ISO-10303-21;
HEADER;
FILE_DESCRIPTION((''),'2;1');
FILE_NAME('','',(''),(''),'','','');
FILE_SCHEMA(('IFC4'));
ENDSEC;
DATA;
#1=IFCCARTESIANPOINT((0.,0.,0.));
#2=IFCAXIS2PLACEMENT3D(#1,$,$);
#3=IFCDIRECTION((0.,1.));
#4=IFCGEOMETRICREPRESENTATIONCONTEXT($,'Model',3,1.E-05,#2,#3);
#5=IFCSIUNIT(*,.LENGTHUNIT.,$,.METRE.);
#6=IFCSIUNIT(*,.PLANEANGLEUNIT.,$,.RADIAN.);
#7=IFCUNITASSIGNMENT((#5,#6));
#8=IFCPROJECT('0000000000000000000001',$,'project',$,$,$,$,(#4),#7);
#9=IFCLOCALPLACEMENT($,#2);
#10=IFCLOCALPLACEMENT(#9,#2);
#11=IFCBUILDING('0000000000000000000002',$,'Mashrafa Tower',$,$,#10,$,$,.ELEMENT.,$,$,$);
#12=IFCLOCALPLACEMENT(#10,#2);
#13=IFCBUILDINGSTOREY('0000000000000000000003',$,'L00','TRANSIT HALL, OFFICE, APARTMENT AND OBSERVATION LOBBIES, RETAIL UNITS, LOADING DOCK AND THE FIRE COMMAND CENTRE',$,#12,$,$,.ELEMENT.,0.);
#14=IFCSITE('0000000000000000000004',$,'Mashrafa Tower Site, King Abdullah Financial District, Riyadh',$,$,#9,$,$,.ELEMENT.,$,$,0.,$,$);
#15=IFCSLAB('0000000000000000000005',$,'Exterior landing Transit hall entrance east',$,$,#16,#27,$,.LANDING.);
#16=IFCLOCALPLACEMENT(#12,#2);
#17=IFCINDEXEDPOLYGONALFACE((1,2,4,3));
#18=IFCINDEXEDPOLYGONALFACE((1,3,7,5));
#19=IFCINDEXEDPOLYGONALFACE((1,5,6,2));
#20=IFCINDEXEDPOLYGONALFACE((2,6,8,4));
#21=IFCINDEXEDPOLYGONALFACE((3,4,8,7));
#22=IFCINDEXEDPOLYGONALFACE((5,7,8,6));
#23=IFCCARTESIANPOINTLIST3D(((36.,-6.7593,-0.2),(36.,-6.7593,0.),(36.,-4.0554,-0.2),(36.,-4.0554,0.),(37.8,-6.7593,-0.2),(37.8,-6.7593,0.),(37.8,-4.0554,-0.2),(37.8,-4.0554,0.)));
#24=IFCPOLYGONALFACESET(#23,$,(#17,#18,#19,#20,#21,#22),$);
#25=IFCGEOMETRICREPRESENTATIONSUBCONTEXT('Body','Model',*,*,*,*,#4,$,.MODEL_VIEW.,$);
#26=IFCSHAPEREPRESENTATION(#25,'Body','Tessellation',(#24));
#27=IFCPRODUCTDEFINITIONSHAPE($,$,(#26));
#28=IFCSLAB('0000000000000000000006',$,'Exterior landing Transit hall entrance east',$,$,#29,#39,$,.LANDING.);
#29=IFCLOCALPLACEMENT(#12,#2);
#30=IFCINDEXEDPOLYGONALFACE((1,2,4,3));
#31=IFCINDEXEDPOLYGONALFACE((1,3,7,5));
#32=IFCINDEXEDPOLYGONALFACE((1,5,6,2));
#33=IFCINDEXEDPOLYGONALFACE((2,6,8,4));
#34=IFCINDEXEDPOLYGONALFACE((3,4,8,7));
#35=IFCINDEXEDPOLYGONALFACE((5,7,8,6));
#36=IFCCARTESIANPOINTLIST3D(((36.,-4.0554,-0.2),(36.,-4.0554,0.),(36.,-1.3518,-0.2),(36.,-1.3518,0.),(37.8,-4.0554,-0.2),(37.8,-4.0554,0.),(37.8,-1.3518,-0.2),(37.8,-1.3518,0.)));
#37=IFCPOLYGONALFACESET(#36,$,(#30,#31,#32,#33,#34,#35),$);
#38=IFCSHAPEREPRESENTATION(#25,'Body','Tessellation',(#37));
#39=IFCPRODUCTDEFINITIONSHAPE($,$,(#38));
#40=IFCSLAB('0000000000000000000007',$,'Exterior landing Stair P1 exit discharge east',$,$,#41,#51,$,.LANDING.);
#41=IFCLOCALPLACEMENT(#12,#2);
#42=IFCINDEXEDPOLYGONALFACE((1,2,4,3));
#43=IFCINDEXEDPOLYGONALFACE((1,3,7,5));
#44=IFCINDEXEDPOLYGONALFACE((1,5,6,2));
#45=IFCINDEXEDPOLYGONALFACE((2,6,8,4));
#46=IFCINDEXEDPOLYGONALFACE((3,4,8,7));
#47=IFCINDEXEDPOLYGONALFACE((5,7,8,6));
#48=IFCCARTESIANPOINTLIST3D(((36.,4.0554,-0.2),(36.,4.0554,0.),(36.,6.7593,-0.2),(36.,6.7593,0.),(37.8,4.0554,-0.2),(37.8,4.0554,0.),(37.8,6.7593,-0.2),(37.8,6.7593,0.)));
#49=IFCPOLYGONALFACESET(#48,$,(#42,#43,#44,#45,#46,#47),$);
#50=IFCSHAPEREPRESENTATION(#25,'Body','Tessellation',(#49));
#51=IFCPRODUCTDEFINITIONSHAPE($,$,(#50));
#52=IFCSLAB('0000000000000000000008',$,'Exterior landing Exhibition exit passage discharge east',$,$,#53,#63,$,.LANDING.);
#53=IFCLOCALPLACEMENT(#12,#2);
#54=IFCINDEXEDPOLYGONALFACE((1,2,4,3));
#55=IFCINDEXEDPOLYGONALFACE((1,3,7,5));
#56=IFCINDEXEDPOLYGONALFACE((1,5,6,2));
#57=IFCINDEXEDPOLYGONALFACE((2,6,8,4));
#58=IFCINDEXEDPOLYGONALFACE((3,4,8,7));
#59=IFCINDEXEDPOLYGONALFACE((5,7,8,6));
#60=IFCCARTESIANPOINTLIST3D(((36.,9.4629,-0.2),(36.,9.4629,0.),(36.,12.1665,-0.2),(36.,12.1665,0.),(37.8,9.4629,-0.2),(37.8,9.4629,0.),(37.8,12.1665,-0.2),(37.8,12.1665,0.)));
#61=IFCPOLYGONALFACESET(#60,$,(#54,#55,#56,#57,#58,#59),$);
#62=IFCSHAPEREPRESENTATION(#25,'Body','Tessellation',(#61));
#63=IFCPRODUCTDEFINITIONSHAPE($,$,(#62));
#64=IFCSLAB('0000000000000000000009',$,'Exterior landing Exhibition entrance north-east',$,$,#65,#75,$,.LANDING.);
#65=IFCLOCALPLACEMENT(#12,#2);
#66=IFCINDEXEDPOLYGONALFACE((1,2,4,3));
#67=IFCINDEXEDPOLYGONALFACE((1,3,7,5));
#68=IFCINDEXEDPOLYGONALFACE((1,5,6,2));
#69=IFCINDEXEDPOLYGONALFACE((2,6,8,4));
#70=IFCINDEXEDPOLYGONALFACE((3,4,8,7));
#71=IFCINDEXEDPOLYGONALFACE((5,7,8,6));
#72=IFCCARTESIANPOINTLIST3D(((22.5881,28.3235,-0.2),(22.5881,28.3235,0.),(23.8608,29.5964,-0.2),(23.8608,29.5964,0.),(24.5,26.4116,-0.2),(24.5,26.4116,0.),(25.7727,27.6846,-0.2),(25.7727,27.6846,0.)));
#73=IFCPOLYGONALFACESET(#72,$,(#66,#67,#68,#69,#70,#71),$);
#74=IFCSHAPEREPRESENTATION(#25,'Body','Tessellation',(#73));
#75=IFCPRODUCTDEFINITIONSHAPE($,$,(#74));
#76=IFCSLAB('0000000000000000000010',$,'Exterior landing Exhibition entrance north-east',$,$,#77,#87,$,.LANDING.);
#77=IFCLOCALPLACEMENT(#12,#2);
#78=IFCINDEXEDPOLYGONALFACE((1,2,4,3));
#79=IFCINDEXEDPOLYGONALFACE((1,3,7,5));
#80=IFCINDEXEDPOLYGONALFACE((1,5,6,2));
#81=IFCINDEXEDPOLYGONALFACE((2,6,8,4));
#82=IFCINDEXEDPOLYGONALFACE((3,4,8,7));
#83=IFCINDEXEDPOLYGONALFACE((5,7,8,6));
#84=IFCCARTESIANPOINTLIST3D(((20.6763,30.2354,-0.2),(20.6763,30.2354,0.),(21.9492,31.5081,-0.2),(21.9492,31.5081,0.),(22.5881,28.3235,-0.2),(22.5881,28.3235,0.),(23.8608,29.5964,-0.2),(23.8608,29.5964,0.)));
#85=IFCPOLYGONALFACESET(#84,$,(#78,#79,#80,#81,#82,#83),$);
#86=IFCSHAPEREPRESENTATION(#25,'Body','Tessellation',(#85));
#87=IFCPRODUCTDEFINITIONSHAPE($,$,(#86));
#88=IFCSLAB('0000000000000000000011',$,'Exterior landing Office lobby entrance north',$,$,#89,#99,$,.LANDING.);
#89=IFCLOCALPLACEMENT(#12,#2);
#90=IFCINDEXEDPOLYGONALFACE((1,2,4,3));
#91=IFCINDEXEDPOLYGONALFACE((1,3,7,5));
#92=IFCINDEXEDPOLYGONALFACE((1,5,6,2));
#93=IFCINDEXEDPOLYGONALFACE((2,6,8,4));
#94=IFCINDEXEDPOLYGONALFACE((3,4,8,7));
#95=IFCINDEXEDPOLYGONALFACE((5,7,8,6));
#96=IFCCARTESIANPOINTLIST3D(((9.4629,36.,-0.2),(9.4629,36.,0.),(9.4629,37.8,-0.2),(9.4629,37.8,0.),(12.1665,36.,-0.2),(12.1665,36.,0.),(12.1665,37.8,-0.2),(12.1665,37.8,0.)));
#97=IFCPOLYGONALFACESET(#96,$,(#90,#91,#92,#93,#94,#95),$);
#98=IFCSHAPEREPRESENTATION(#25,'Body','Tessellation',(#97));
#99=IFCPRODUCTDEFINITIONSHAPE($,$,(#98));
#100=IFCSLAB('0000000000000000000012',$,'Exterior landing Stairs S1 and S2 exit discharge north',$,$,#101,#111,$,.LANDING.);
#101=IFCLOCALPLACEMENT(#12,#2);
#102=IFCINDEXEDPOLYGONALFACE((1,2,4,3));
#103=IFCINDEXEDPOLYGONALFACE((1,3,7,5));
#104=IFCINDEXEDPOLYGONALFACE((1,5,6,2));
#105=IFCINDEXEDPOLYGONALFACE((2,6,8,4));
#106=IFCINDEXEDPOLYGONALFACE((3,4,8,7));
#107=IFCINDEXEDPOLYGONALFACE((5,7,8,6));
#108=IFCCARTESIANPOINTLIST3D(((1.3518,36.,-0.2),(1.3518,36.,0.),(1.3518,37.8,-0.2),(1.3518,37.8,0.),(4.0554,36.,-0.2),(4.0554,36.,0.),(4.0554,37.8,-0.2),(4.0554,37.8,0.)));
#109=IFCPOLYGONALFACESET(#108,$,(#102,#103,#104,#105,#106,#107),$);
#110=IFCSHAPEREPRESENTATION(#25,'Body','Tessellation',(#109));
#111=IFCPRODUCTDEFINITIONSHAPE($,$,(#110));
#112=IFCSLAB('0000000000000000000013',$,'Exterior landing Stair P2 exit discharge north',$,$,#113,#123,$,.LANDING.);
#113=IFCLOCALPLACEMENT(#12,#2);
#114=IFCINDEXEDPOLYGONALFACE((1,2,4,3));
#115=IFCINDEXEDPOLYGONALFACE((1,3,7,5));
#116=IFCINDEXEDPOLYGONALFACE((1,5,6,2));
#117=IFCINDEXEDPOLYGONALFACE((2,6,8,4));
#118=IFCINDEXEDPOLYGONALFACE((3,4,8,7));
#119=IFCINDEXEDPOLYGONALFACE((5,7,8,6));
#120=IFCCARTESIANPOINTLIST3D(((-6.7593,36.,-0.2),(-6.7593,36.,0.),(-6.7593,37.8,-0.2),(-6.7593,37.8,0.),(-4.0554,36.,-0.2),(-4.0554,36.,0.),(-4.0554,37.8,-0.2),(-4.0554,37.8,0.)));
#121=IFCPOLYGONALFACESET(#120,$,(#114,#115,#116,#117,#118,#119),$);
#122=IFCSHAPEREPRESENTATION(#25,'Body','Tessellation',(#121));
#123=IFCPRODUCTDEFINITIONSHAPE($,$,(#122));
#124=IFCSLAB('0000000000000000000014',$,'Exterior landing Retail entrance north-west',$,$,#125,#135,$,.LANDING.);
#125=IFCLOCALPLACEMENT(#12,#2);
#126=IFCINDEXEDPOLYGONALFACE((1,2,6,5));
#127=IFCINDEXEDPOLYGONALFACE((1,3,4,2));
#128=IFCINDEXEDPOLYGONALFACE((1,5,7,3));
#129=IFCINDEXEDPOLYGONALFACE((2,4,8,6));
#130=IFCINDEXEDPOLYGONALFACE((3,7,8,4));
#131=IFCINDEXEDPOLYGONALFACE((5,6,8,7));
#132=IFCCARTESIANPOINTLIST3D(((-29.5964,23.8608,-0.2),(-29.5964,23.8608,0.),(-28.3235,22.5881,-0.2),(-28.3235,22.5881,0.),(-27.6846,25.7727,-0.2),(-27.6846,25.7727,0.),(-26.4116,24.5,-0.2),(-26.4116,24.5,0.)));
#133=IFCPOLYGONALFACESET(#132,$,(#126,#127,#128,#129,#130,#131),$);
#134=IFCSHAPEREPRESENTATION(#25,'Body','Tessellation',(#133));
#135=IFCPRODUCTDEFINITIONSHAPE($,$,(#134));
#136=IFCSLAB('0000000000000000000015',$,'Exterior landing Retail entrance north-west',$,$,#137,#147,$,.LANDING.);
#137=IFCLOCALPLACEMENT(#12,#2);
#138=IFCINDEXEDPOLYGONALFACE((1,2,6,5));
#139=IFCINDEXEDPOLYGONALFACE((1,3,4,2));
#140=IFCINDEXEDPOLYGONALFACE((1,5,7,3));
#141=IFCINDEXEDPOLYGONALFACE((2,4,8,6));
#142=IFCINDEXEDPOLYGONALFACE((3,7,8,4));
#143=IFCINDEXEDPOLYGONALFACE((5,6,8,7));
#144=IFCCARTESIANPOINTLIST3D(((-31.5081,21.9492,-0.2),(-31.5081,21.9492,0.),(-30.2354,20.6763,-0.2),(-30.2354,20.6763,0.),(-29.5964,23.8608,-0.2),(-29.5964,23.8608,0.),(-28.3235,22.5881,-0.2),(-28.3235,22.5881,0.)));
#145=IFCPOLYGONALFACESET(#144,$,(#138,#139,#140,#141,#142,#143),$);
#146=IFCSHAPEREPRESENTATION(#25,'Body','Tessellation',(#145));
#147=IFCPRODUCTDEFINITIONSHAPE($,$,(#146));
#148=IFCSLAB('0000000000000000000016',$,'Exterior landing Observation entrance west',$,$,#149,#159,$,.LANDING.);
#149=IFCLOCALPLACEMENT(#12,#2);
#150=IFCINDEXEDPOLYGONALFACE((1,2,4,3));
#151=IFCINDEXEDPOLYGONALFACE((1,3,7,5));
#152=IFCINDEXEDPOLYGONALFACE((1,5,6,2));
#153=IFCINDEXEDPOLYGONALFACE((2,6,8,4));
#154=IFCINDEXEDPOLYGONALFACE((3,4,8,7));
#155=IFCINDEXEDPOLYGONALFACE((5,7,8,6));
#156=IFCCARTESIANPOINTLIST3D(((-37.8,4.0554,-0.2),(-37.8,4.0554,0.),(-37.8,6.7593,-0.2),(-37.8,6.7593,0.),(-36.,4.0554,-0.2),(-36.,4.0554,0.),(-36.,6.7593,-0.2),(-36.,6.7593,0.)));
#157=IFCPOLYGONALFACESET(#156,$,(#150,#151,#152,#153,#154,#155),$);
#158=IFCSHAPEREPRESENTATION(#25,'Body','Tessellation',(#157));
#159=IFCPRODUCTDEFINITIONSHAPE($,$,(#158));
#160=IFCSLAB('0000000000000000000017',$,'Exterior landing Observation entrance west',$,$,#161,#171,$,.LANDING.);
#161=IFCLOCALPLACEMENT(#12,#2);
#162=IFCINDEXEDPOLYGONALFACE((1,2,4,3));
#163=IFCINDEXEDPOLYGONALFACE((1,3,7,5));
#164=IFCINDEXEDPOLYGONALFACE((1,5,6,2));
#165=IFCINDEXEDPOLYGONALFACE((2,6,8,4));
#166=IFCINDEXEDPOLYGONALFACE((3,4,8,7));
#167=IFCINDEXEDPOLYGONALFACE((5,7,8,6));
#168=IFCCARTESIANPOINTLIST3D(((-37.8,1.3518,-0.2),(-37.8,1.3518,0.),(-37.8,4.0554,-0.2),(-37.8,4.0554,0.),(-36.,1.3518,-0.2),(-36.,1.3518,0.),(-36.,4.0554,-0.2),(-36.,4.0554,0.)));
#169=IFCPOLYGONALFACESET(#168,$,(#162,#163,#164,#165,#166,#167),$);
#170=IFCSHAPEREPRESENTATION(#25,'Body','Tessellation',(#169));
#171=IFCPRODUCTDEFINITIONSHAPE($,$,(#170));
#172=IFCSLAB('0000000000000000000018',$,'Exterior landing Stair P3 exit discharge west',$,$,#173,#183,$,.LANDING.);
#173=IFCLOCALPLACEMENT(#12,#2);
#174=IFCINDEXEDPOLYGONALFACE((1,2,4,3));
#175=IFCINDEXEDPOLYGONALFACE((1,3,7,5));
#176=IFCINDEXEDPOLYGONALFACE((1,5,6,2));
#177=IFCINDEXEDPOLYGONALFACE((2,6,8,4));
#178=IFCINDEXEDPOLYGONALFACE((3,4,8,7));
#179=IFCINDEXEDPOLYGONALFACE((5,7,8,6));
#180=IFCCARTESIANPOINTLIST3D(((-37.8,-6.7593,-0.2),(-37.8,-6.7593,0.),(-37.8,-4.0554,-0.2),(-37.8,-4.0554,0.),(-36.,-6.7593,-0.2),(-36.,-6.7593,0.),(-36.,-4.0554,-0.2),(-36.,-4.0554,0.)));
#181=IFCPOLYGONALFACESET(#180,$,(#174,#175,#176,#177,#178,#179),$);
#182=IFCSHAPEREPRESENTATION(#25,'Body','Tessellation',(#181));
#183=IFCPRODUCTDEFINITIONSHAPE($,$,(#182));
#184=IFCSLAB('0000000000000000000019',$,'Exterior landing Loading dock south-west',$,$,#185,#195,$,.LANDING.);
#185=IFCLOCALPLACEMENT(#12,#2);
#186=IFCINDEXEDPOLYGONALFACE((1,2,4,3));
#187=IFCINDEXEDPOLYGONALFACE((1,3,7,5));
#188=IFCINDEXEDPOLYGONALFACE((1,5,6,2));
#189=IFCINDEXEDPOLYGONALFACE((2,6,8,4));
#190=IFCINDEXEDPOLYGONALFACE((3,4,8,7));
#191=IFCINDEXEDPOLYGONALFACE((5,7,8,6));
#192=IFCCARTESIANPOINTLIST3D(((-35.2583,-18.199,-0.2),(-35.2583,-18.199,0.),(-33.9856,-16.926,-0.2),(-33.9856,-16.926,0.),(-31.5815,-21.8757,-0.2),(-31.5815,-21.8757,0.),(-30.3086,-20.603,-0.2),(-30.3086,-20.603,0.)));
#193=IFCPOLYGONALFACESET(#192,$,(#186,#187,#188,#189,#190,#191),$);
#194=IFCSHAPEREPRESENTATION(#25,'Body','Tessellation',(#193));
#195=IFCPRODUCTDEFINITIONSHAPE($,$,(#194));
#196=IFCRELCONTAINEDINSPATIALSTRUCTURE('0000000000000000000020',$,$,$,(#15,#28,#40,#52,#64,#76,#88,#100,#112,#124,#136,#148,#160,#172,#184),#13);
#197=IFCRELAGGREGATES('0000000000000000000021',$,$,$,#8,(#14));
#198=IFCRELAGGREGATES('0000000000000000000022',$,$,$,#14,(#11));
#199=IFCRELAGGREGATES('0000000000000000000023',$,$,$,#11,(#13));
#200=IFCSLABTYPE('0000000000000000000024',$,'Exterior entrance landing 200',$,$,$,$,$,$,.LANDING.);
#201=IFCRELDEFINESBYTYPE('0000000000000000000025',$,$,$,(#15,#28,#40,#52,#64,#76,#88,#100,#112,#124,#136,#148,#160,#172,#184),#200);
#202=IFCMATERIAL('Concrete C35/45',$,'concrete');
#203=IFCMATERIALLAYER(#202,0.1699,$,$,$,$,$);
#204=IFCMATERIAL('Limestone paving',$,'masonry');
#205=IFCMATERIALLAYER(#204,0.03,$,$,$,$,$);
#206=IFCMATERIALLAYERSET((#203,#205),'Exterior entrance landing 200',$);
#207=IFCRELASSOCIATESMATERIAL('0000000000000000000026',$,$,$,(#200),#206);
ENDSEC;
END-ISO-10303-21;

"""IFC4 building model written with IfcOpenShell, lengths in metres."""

from ifc_helpers import new_model, si_unit, direction, frame, origin, place, context, subcontext, project, spatial, polyline, outline, extrude, material, layer, layer_set, type_object, element, save


model = new_model("IFC4")

# Units and contexts
model_context = context("Model", 3, precision=1e-05, world=origin(), true_north=direction((0.0, 1.0)))
body_context = subcontext(model_context, "Body", "Model", "MODEL_VIEW")
ifc_project = project(units=[si_unit("LENGTHUNIT", "METRE"), si_unit("PLANEANGLEUNIT", "RADIAN")], contexts=[model_context])

# Site, building, storey
site_placement = place(None, origin())
site = spatial("IfcSite", under=ifc_project, at=site_placement, Name="Mashrafa Tower Site, King Abdullah Financial District, Riyadh", CompositionType="ELEMENT", RefElevation=0.0)
building_placement = place(site_placement, origin())
building = spatial("IfcBuilding", under=site, at=building_placement, Name="Mashrafa Tower", CompositionType="ELEMENT")
storey_placement = place(building_placement, origin())
storey = spatial("IfcBuildingStorey", under=building, at=storey_placement, Name="L00", Description="TRANSIT HALL, OFFICE, APARTMENT AND OBSERVATION LOBBIES, RETAIL UNITS, LOADING DOCK AND THE FIRE COMMAND CENTRE", CompositionType="ELEMENT", Elevation=0.0)

# Slabs
ifc_material_1 = material(Name="Concrete C35/45", Category="concrete")
ifc_layer_1 = layer(ifc_material_1, 0.1699)
ifc_material_2 = material(Name="Limestone paving", Category="masonry")
ifc_layer_2 = layer(ifc_material_2, 0.03)
ifc_layer_set_1 = layer_set([ifc_layer_1, ifc_layer_2], Name="Exterior entrance landing 200")
slab_type_1 = type_object("IfcSlabType", Name="Exterior entrance landing 200", PredefinedType="LANDING", material=ifc_layer_set_1)
slab_1_placement = place(storey_placement, frame((0.0, 0.0, -0.2)))
element("IfcSlab", 1, at=slab_1_placement, inside=storey, type_object=slab_type_1, Name="Exterior landing Transit hall entrance east", PredefinedType="LANDING", context=body_context, shape_type="SweptSolid", body=[
    extrude(outline(polyline([(37.8, -6.7593), (37.8, -4.0554), (36.0, -4.0554), (36.0, -6.7593), (37.8, -6.7593)])), origin(), (0.0, 0.0, 1.0), 0.2),
])
slab_2_placement = place(storey_placement, frame((0.0, 0.0, -0.2)))
element("IfcSlab", 2, at=slab_2_placement, inside=storey, type_object=slab_type_1, Name="Exterior landing Transit hall entrance east", PredefinedType="LANDING", context=body_context, shape_type="SweptSolid", body=[
    extrude(outline(polyline([(37.8, -4.0554), (37.8, -1.3518), (36.0, -1.3518), (36.0, -4.0554), (37.8, -4.0554)])), origin(), (0.0, 0.0, 1.0), 0.2),
])
slab_3_placement = place(storey_placement, frame((0.0, 0.0, -0.2)))
element("IfcSlab", 3, at=slab_3_placement, inside=storey, type_object=slab_type_1, Name="Exterior landing Stair P1 exit discharge east", PredefinedType="LANDING", context=body_context, shape_type="SweptSolid", body=[
    extrude(outline(polyline([(37.8, 4.0554), (37.8, 6.7593), (36.0, 6.7593), (36.0, 4.0554), (37.8, 4.0554)])), origin(), (0.0, 0.0, 1.0), 0.2),
])
slab_4_placement = place(storey_placement, frame((0.0, 0.0, -0.2)))
element("IfcSlab", 4, at=slab_4_placement, inside=storey, type_object=slab_type_1, Name="Exterior landing Exhibition exit passage discharge east", PredefinedType="LANDING", context=body_context, shape_type="SweptSolid", body=[
    extrude(outline(polyline([(37.8, 9.4629), (37.8, 12.1665), (36.0, 12.1665), (36.0, 9.4629), (37.8, 9.4629)])), origin(), (0.0, 0.0, 1.0), 0.2),
])
slab_5_placement = place(storey_placement, frame((0.0, 0.0, -0.2)))
element("IfcSlab", 5, at=slab_5_placement, inside=storey, type_object=slab_type_1, Name="Exterior landing Exhibition entrance north-east", PredefinedType="LANDING", context=body_context, shape_type="SweptSolid", body=[
    extrude(outline(polyline([(25.7727, 27.6846), (23.8608, 29.5964), (22.5881, 28.3235), (24.5, 26.4116), (25.7727, 27.6846)])), origin(), (0.0, 0.0, 1.0), 0.2),
])
slab_6_placement = place(storey_placement, frame((0.0, 0.0, -0.2)))
element("IfcSlab", 6, at=slab_6_placement, inside=storey, type_object=slab_type_1, Name="Exterior landing Exhibition entrance north-east", PredefinedType="LANDING", context=body_context, shape_type="SweptSolid", body=[
    extrude(outline(polyline([(23.8608, 29.5964), (21.9492, 31.5081), (20.6763, 30.2354), (22.5881, 28.3235), (23.8608, 29.5964)])), origin(), (0.0, 0.0, 1.0), 0.2),
])
slab_7_placement = place(storey_placement, frame((0.0, 0.0, -0.2)))
element("IfcSlab", 7, at=slab_7_placement, inside=storey, type_object=slab_type_1, Name="Exterior landing Office lobby entrance north", PredefinedType="LANDING", context=body_context, shape_type="SweptSolid", body=[
    extrude(outline(polyline([(12.1665, 37.8), (9.4629, 37.8), (9.4629, 36.0), (12.1665, 36.0), (12.1665, 37.8)])), origin(), (0.0, 0.0, 1.0), 0.2),
])
slab_8_placement = place(storey_placement, frame((0.0, 0.0, -0.2)))
element("IfcSlab", 8, at=slab_8_placement, inside=storey, type_object=slab_type_1, Name="Exterior landing Stairs S1 and S2 exit discharge north", PredefinedType="LANDING", context=body_context, shape_type="SweptSolid", body=[
    extrude(outline(polyline([(4.0554, 37.8), (1.3518, 37.8), (1.3518, 36.0), (4.0554, 36.0), (4.0554, 37.8)])), origin(), (0.0, 0.0, 1.0), 0.2),
])
slab_9_placement = place(storey_placement, frame((0.0, 0.0, -0.2)))
element("IfcSlab", 9, at=slab_9_placement, inside=storey, type_object=slab_type_1, Name="Exterior landing Stair P2 exit discharge north", PredefinedType="LANDING", context=body_context, shape_type="SweptSolid", body=[
    extrude(outline(polyline([(-4.0554, 37.8), (-6.7593, 37.8), (-6.7593, 36.0), (-4.0554, 36.0), (-4.0554, 37.8)])), origin(), (0.0, 0.0, 1.0), 0.2),
])
slab_10_placement = place(storey_placement, frame((0.0, 0.0, -0.2)))
element("IfcSlab", 10, at=slab_10_placement, inside=storey, type_object=slab_type_1, Name="Exterior landing Retail entrance north-west", PredefinedType="LANDING", context=body_context, shape_type="SweptSolid", body=[
    extrude(outline(polyline([(-27.6846, 25.7727), (-29.5964, 23.8608), (-28.3235, 22.5881), (-26.4116, 24.5), (-27.6846, 25.7727)])), origin(), (0.0, 0.0, 1.0), 0.2),
])
slab_11_placement = place(storey_placement, frame((0.0, 0.0, -0.2)))
element("IfcSlab", 11, at=slab_11_placement, inside=storey, type_object=slab_type_1, Name="Exterior landing Retail entrance north-west", PredefinedType="LANDING", context=body_context, shape_type="SweptSolid", body=[
    extrude(outline(polyline([(-29.5964, 23.8608), (-31.5081, 21.9492), (-30.2354, 20.6763), (-28.3235, 22.5881), (-29.5964, 23.8608)])), origin(), (0.0, 0.0, 1.0), 0.2),
])
slab_12_placement = place(storey_placement, frame((0.0, 0.0, -0.2)))
element("IfcSlab", 12, at=slab_12_placement, inside=storey, type_object=slab_type_1, Name="Exterior landing Observation entrance west", PredefinedType="LANDING", context=body_context, shape_type="SweptSolid", body=[
    extrude(outline(polyline([(-37.8, 6.7593), (-37.8, 4.0554), (-36.0, 4.0554), (-36.0, 6.7593), (-37.8, 6.7593)])), origin(), (0.0, 0.0, 1.0), 0.2),
])
slab_13_placement = place(storey_placement, frame((0.0, 0.0, -0.2)))
element("IfcSlab", 13, at=slab_13_placement, inside=storey, type_object=slab_type_1, Name="Exterior landing Observation entrance west", PredefinedType="LANDING", context=body_context, shape_type="SweptSolid", body=[
    extrude(outline(polyline([(-37.8, 4.0554), (-37.8, 1.3518), (-36.0, 1.3518), (-36.0, 4.0554), (-37.8, 4.0554)])), origin(), (0.0, 0.0, 1.0), 0.2),
])
slab_14_placement = place(storey_placement, frame((0.0, 0.0, -0.2)))
element("IfcSlab", 14, at=slab_14_placement, inside=storey, type_object=slab_type_1, Name="Exterior landing Stair P3 exit discharge west", PredefinedType="LANDING", context=body_context, shape_type="SweptSolid", body=[
    extrude(outline(polyline([(-37.8, -4.0554), (-37.8, -6.7593), (-36.0, -6.7593), (-36.0, -4.0554), (-37.8, -4.0554)])), origin(), (0.0, 0.0, 1.0), 0.2),
])
slab_15_placement = place(storey_placement, frame((0.0, 0.0, -0.2)))
element("IfcSlab", 15, at=slab_15_placement, inside=storey, type_object=slab_type_1, Name="Exterior landing Loading dock south-west", PredefinedType="LANDING", context=body_context, shape_type="SweptSolid", body=[
    extrude(outline(polyline([(-35.2583, -18.199), (-31.5815, -21.8757), (-30.3086, -20.603), (-33.9856, -16.926), (-35.2583, -18.199)])), origin(), (0.0, 0.0, 1.0), 0.2),
])

save(model, "model.ifc")
